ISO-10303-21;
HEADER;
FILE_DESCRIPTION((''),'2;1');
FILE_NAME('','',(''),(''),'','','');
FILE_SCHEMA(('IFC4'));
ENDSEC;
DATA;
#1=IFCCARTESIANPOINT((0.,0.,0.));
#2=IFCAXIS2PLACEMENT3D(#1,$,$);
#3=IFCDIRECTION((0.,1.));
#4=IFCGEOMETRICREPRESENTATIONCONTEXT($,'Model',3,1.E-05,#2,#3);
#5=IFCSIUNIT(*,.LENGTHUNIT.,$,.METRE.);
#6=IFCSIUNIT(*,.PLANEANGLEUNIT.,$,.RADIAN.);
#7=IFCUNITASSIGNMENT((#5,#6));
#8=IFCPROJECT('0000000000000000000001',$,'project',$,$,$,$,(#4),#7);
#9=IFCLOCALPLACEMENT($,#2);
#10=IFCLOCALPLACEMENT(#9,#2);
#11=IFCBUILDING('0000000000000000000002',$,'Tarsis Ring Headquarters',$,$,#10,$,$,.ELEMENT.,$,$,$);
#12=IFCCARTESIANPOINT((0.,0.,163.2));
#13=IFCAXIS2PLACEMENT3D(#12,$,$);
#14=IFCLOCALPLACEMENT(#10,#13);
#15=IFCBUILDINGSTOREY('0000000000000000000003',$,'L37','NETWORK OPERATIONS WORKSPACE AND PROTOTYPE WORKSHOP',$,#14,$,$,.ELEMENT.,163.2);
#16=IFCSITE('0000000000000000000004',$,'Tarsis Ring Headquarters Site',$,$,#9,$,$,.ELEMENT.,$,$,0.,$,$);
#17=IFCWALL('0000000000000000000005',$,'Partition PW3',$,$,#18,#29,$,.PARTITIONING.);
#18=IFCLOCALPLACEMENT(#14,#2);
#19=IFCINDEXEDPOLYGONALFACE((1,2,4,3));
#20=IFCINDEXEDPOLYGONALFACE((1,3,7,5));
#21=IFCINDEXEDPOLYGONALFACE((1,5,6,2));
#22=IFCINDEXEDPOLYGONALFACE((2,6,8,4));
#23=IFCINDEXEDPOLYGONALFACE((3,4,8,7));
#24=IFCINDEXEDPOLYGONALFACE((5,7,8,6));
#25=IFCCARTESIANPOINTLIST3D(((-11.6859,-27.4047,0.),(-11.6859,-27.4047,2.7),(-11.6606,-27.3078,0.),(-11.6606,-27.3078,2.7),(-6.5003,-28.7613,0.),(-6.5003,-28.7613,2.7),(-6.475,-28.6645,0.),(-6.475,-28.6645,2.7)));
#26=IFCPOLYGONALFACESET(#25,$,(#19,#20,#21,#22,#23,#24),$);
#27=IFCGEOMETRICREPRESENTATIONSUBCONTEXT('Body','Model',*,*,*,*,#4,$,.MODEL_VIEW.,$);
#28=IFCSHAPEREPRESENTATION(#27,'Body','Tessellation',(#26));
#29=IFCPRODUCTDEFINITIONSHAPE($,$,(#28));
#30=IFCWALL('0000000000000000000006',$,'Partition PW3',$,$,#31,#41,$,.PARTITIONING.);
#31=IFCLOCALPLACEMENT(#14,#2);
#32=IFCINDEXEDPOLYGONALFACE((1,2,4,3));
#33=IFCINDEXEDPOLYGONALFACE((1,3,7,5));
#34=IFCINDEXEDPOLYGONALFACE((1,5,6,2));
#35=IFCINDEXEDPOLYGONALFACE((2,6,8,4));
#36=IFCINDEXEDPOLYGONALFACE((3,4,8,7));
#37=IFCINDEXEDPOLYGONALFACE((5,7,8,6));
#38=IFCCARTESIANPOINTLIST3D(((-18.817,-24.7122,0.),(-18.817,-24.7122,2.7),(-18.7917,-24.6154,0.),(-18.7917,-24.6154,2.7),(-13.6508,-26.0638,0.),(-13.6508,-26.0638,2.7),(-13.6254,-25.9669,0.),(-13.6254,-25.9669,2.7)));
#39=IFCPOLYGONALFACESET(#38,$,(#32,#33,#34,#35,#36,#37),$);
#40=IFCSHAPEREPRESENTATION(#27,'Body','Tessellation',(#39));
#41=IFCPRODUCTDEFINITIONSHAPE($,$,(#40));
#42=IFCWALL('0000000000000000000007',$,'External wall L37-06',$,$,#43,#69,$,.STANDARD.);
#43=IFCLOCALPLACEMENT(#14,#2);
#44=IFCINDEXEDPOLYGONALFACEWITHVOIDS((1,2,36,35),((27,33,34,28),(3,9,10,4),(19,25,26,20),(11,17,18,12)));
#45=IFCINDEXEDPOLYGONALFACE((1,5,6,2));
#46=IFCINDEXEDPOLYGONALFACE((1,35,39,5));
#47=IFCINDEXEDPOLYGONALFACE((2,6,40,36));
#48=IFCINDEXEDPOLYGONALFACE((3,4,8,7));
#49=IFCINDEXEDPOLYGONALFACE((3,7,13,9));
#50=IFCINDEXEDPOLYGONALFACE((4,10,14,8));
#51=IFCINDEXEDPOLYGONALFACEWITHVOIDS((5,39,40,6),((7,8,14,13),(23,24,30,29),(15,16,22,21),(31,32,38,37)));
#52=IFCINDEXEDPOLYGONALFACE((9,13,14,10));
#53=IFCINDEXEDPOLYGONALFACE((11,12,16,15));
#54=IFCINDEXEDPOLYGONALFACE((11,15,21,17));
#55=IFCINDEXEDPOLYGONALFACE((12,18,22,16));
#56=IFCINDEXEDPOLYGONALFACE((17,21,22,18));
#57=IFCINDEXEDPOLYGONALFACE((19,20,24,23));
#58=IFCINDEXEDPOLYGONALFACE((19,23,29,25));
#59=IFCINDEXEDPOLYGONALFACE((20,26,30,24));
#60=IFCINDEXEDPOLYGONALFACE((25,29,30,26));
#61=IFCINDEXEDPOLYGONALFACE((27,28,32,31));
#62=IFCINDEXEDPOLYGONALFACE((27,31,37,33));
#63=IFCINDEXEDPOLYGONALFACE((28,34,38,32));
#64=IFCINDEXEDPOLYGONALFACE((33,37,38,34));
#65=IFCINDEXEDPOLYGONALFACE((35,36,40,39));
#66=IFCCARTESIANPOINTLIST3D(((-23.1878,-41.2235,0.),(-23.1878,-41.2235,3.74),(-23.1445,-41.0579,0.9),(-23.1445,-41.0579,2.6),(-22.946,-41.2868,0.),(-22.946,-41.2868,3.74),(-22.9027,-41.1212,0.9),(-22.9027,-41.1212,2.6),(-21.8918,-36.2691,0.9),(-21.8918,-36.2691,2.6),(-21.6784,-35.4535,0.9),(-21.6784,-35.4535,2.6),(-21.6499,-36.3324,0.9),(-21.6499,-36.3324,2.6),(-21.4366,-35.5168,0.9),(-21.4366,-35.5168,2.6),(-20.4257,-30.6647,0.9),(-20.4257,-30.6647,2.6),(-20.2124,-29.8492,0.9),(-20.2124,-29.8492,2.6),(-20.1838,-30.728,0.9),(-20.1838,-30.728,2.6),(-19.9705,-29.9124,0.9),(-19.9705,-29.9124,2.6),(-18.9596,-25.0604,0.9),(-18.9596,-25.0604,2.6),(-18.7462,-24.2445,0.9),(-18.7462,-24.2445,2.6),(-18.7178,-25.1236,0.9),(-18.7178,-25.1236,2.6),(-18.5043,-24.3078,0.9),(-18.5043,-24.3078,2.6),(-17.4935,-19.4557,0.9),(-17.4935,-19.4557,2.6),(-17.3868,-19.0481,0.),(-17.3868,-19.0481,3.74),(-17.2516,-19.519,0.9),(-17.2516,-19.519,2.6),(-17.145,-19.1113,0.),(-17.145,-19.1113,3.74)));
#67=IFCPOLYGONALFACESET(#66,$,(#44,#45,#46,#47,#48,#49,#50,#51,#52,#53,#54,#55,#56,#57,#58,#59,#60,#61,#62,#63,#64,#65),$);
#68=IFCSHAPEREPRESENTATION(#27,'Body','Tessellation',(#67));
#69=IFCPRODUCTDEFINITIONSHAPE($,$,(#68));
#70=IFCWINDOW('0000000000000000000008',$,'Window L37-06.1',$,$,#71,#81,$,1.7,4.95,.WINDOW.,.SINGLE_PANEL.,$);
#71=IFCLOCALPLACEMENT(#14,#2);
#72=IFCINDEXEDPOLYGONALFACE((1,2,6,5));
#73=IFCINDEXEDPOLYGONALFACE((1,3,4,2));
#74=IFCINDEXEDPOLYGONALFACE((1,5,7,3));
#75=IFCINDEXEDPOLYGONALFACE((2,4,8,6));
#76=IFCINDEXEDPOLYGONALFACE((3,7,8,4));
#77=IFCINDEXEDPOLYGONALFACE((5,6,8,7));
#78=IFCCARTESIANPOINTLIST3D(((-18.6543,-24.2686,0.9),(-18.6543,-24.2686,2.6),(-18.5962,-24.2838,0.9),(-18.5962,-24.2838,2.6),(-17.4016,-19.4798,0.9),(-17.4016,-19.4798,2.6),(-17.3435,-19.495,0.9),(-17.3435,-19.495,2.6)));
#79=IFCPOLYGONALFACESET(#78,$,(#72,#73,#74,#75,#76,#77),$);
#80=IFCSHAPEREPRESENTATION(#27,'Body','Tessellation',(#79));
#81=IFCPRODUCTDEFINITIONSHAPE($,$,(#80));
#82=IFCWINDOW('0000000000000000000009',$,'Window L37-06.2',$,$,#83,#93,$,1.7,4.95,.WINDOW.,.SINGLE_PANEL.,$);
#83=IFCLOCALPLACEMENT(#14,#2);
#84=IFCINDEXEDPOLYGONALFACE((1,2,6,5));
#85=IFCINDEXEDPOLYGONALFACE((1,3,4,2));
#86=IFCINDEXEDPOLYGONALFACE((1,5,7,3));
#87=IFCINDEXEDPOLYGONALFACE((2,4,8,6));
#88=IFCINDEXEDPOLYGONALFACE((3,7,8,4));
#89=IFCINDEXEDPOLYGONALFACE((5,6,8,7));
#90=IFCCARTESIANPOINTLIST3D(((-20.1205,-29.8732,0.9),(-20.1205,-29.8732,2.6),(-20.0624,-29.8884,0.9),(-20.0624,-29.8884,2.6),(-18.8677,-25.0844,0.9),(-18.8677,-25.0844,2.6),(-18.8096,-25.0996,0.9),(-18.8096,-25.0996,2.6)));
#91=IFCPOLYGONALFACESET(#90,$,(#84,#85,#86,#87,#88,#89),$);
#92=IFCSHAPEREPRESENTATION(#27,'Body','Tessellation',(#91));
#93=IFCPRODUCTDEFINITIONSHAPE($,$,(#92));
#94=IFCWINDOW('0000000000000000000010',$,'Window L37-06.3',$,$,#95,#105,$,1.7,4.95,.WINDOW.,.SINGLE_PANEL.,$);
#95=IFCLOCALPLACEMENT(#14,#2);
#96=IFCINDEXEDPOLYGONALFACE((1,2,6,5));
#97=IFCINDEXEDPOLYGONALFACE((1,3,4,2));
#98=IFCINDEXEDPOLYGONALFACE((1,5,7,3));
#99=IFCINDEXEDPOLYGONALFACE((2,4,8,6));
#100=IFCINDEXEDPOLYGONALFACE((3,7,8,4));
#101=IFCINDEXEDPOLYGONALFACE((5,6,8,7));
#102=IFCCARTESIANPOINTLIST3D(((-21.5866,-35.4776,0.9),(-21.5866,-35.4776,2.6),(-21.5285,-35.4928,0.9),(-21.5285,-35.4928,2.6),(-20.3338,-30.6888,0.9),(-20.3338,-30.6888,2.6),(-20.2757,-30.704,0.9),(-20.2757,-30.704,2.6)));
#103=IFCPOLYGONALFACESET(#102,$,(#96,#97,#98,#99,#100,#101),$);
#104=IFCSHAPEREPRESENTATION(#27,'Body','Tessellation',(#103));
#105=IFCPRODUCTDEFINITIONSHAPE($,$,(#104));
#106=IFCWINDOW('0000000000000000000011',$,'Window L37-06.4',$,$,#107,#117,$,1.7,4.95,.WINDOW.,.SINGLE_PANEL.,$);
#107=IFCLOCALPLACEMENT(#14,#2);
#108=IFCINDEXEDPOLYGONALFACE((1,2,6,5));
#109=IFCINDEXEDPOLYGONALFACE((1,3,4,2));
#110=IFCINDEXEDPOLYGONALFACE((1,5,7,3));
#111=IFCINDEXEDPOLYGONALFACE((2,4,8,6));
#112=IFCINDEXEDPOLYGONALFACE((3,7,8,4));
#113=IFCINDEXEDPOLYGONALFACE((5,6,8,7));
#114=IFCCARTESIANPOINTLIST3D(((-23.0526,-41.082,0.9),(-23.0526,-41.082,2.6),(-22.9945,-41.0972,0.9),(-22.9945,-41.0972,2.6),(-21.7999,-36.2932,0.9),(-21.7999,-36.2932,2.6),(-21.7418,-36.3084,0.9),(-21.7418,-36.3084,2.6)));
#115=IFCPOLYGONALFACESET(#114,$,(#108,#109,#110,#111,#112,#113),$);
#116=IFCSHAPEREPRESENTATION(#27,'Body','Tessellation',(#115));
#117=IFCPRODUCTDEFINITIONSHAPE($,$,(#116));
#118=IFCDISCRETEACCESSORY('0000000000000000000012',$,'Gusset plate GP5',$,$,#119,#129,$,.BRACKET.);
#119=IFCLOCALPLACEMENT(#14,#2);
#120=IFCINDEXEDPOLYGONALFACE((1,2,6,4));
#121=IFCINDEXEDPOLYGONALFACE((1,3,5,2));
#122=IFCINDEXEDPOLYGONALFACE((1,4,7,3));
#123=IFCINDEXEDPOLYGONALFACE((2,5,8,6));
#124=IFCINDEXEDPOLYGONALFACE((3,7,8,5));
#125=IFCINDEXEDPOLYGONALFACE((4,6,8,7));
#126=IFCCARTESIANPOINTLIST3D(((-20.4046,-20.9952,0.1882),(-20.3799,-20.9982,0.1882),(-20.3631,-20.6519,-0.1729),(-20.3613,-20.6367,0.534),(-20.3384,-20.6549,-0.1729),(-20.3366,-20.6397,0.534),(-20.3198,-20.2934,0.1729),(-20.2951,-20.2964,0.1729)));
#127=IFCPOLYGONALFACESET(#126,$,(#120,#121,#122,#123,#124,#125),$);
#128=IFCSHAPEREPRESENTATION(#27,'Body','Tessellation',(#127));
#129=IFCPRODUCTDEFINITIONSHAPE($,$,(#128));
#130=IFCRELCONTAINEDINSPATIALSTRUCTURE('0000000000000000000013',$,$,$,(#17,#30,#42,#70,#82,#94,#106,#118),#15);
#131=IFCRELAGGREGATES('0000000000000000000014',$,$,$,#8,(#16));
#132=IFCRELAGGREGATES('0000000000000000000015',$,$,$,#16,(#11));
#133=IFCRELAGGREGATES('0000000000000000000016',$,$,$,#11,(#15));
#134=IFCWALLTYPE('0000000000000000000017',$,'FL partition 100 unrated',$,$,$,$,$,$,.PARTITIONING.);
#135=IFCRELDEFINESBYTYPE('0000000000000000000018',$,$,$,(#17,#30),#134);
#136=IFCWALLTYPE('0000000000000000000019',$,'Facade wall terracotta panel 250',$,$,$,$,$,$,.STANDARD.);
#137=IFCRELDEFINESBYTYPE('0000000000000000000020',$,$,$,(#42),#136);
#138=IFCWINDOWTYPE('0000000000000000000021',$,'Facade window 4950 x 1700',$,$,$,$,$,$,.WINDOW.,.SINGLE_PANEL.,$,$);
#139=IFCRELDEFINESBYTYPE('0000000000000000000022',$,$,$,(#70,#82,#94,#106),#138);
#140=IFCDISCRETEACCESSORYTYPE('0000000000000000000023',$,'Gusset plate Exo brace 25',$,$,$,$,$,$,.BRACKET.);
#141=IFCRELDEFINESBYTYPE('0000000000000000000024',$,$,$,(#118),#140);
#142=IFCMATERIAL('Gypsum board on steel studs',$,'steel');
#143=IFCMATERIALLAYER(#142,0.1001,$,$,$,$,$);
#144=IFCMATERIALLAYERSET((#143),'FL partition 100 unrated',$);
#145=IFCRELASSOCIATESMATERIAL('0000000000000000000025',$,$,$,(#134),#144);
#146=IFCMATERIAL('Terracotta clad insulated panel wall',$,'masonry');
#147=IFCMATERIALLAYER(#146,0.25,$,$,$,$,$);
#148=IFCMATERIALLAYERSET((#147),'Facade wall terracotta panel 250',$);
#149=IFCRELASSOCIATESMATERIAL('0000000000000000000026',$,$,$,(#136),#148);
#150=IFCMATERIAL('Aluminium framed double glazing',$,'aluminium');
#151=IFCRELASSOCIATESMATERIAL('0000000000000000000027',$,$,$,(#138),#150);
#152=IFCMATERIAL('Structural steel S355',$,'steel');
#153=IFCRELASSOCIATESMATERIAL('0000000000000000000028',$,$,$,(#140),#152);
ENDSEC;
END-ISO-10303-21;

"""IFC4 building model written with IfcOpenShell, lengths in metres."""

from ifc_helpers import new_model, si_unit, direction, frame, frame_2d, origin, origin_2d, place, context, subcontext, project, spatial, rectangle, extrude, material, layer, layer_set, material_profile, profile_set, type_object, element, fill, save


model = new_model("IFC4")

# Units and contexts
model_context = context("Model", 3, precision=1e-05, world=origin(), true_north=direction((0.0, 1.0)))
body_context = subcontext(model_context, "Body", "Model", "MODEL_VIEW")
ifc_project = project(units=[si_unit("LENGTHUNIT", "METRE"), si_unit("PLANEANGLEUNIT", "RADIAN")], contexts=[model_context])

# Site, building, storey
site_placement = place(None, origin())
site = spatial("IfcSite", under=ifc_project, at=site_placement, Name="Tarsis Ring Headquarters Site", CompositionType="ELEMENT", RefElevation=0.0)
building_placement = place(site_placement, origin())
building = spatial("IfcBuilding", under=site, at=building_placement, Name="Tarsis Ring Headquarters", CompositionType="ELEMENT")
storey_placement = place(building_placement, frame((0.0, 0.0, 163.2)))
storey = spatial("IfcBuildingStorey", under=building, at=storey_placement, Name="L37", Description="NETWORK OPERATIONS WORKSPACE AND PROTOTYPE WORKSHOP", CompositionType="ELEMENT", Elevation=163.2)

# Walls
ifc_material_1 = material(Name="Gypsum board on steel studs", Category="steel")
ifc_layer_1 = layer(ifc_material_1, 0.1001)
ifc_layer_set_1 = layer_set([ifc_layer_1], Name="FL partition 100 unrated")
wall_type_1 = type_object("IfcWallType", Name="FL partition 100 unrated", PredefinedType="PARTITIONING", material=ifc_layer_set_1)
wall_1_placement = place(storey_placement, frame((-11.6733, -27.3562, 0.0), z_axis=(0.0, 0.0, 1.0), x_axis=(0.967438, -0.25311, 0.0)))
element("IfcWall", 1, at=wall_1_placement, inside=storey, type_object=wall_type_1, Name="Partition PW3", PredefinedType="PARTITIONING", context=body_context, shape_type="SweptSolid", body=[
    extrude(rectangle(XDim=5.3601, YDim=0.1001, at=frame_2d((2.6802, 0.0))), origin(), (0.0, 0.0, 1.0), 2.7),
])
wall_2_placement = place(storey_placement, frame((-18.8042, -24.6638, 0.0), z_axis=(0.0, 0.0, 1.0), x_axis=(0.967441, -0.253096, 0.0)))
element("IfcWall", 2, at=wall_2_placement, inside=storey, type_object=wall_type_1, Name="Partition PW3", PredefinedType="PARTITIONING", context=body_context, shape_type="SweptSolid", body=[
    extrude(rectangle(XDim=5.3401, YDim=0.1001, at=frame_2d((2.6699, 0.0))), origin(), (0.0, 0.0, 1.0), 2.7),
])

# Wall, openings, windows
ifc_material_2 = material(Name="Terracotta clad insulated panel wall", Category="masonry")
ifc_layer_2 = layer(ifc_material_2, 0.25)
ifc_layer_set_2 = layer_set([ifc_layer_2], Name="Facade wall terracotta panel 250")
wall_type_2 = type_object("IfcWallType", Name="Facade wall terracotta panel 250", PredefinedType="STANDARD", material=ifc_layer_set_2)
wall_3_placement = place(storey_placement, frame((-17.2659, -19.0796, 0.0), z_axis=(0.0, 0.0, 1.0), x_axis=(-0.25308, -0.967445, 0.0)))
wall_3 = element("IfcWall", 3, at=wall_3_placement, inside=storey, type_object=wall_type_2, Name="External wall L37-06", PredefinedType="STANDARD", context=body_context, shape_type="SweptSolid", body=[
    extrude(rectangle(XDim=22.9216, YDim=0.25, at=frame_2d((11.4609, 0.0))), origin(), (0.0, 0.0, 1.0), 3.74),
])
opening_1_placement = place(wall_3_placement, frame((0.4214, 0.0, 0.8999)))
opening_1 = element("IfcOpeningElement", 4, at=opening_1_placement, cuts=wall_3, PredefinedType="OPENING", context=body_context, shape_type="SweptSolid", body=[
    extrude(rectangle(XDim=4.95, YDim=1.7, at=frame_2d((2.4751, 0.8501))), frame((0.0, 0.135, 0.0), z_axis=(0.0, -1.0, 0.0), x_axis=(1.0, 0.0, 0.0)), (0.0, 0.0, 1.0), 0.27),
])
opening_2_placement = place(wall_3_placement, frame((6.2146, 0.0, 0.8999)))
opening_2 = element("IfcOpeningElement", 5, at=opening_2_placement, cuts=wall_3, PredefinedType="OPENING", context=body_context, shape_type="SweptSolid", body=[
    extrude(rectangle(XDim=4.95, YDim=1.7, at=frame_2d((2.4751, 0.8501))), frame((0.0, 0.135, 0.0), z_axis=(0.0, -1.0, 0.0), x_axis=(1.0, 0.0, 0.0)), (0.0, 0.0, 1.0), 0.27),
])
opening_3_placement = place(wall_3_placement, frame((12.0076, 0.0, 0.8999)))
opening_3 = element("IfcOpeningElement", 6, at=opening_3_placement, cuts=wall_3, PredefinedType="OPENING", context=body_context, shape_type="SweptSolid", body=[
    extrude(rectangle(XDim=4.95, YDim=1.7, at=frame_2d((2.4751, 0.8501))), frame((0.0, 0.135, 0.0), z_axis=(0.0, -1.0, 0.0), x_axis=(1.0, 0.0, 0.0)), (0.0, 0.0, 1.0), 0.27),
])
opening_4_placement = place(wall_3_placement, frame((17.8005, 0.0, 0.8999)))
opening_4 = element("IfcOpeningElement", 7, at=opening_4_placement, cuts=wall_3, PredefinedType="OPENING", context=body_context, shape_type="SweptSolid", body=[
    extrude(rectangle(XDim=4.95, YDim=1.7, at=frame_2d((2.4751, 0.8501))), frame((0.0, 0.135, 0.0), z_axis=(0.0, -1.0, 0.0), x_axis=(1.0, 0.0, 0.0)), (0.0, 0.0, 1.0), 0.27),
])
ifc_material_3 = material(Name="Aluminium framed double glazing", Category="aluminium")
window_type = type_object("IfcWindowType", Name="Facade window 4950 x 1700", PartitioningType="SINGLE_PANEL", PredefinedType="WINDOW", material=ifc_material_3)
window_1_placement = place(opening_1_placement, origin())
window_1 = element("IfcWindow", 8, at=window_1_placement, inside=storey, type_object=window_type, Name="Window L37-06.1", OverallHeight=1.7, OverallWidth=4.95, PartitioningType="SINGLE_PANEL", PredefinedType="WINDOW", context=body_context, shape_type="SweptSolid", body=[
    extrude(rectangle(XDim=4.95, YDim=1.7, at=frame_2d((2.4751, 0.8501))), frame((0.0, 0.03, 0.0), z_axis=(0.0, -1.0, 0.0), x_axis=(1.0, 0.0, 0.0)), (0.0, 0.0, 1.0), 0.0601),
])
fill(opening_1, window_1)
window_2_placement = place(opening_2_placement, origin())
window_2 = element("IfcWindow", 9, at=window_2_placement, inside=storey, type_object=window_type, Name="Window L37-06.2", OverallHeight=1.7, OverallWidth=4.95, PartitioningType="SINGLE_PANEL", PredefinedType="WINDOW", context=body_context, shape_type="SweptSolid", body=[
    extrude(rectangle(XDim=4.95, YDim=1.7, at=frame_2d((2.4751, 0.8501))), frame((0.0, 0.03, 0.0), z_axis=(0.0, -1.0, 0.0), x_axis=(1.0, 0.0, 0.0)), (0.0, 0.0, 1.0), 0.0601),
])
fill(opening_2, window_2)
window_3_placement = place(opening_3_placement, origin())
window_3 = element("IfcWindow", 10, at=window_3_placement, inside=storey, type_object=window_type, Name="Window L37-06.3", OverallHeight=1.7, OverallWidth=4.95, PartitioningType="SINGLE_PANEL", PredefinedType="WINDOW", context=body_context, shape_type="SweptSolid", body=[
    extrude(rectangle(XDim=4.95, YDim=1.7, at=frame_2d((2.4751, 0.8501))), frame((0.0, 0.03, 0.0), z_axis=(0.0, -1.0, 0.0), x_axis=(1.0, 0.0, 0.0)), (0.0, 0.0, 1.0), 0.0601),
])
fill(opening_3, window_3)
window_4_placement = place(opening_4_placement, origin())
window_4 = element("IfcWindow", 11, at=window_4_placement, inside=storey, type_object=window_type, Name="Window L37-06.4", OverallHeight=1.7, OverallWidth=4.95, PartitioningType="SINGLE_PANEL", PredefinedType="WINDOW", context=body_context, shape_type="SweptSolid", body=[
    extrude(rectangle(XDim=4.95, YDim=1.7, at=frame_2d((2.4751, 0.8501))), frame((0.0, 0.03, 0.0), z_axis=(0.0, -1.0, 0.0), x_axis=(1.0, 0.0, 0.0)), (0.0, 0.0, 1.0), 0.0601),
])
fill(opening_4, window_4)

# Discrete accessory
ifc_material_4 = material(Name="Structural steel S355", Category="steel")
ifc_material_profile = material_profile(ifc_material_4, rectangle(XDim=0.0249, YDim=0.5, at=origin_2d()), Name="PL 25x500")
ifc_profile_set = profile_set([ifc_material_profile], Name="Structural steel S355")
discrete_accessory_type = type_object("IfcDiscreteAccessoryType", Name="Gusset plate Exo brace 25", PredefinedType="BRACKET", material=ifc_profile_set)
discrete_accessory_placement = place(storey_placement, frame((-20.3291, -20.4741, 0.0), z_axis=(-0.083019, -0.686616, 0.722265), x_axis=(0.99277, -0.120036, 0.0)))
element("IfcDiscreteAccessory", 12, at=discrete_accessory_placement, inside=storey, type_object=discrete_accessory_type, Name="Gusset plate GP5", PredefinedType="BRACKET", context=body_context, shape_type="SweptSolid", body=[
    extrude(rectangle(XDim=0.0249, YDim=0.5, at=origin_2d()), origin(), (0.0, 0.0, 1.0), 0.5),
])

save(model, "model.ifc")
